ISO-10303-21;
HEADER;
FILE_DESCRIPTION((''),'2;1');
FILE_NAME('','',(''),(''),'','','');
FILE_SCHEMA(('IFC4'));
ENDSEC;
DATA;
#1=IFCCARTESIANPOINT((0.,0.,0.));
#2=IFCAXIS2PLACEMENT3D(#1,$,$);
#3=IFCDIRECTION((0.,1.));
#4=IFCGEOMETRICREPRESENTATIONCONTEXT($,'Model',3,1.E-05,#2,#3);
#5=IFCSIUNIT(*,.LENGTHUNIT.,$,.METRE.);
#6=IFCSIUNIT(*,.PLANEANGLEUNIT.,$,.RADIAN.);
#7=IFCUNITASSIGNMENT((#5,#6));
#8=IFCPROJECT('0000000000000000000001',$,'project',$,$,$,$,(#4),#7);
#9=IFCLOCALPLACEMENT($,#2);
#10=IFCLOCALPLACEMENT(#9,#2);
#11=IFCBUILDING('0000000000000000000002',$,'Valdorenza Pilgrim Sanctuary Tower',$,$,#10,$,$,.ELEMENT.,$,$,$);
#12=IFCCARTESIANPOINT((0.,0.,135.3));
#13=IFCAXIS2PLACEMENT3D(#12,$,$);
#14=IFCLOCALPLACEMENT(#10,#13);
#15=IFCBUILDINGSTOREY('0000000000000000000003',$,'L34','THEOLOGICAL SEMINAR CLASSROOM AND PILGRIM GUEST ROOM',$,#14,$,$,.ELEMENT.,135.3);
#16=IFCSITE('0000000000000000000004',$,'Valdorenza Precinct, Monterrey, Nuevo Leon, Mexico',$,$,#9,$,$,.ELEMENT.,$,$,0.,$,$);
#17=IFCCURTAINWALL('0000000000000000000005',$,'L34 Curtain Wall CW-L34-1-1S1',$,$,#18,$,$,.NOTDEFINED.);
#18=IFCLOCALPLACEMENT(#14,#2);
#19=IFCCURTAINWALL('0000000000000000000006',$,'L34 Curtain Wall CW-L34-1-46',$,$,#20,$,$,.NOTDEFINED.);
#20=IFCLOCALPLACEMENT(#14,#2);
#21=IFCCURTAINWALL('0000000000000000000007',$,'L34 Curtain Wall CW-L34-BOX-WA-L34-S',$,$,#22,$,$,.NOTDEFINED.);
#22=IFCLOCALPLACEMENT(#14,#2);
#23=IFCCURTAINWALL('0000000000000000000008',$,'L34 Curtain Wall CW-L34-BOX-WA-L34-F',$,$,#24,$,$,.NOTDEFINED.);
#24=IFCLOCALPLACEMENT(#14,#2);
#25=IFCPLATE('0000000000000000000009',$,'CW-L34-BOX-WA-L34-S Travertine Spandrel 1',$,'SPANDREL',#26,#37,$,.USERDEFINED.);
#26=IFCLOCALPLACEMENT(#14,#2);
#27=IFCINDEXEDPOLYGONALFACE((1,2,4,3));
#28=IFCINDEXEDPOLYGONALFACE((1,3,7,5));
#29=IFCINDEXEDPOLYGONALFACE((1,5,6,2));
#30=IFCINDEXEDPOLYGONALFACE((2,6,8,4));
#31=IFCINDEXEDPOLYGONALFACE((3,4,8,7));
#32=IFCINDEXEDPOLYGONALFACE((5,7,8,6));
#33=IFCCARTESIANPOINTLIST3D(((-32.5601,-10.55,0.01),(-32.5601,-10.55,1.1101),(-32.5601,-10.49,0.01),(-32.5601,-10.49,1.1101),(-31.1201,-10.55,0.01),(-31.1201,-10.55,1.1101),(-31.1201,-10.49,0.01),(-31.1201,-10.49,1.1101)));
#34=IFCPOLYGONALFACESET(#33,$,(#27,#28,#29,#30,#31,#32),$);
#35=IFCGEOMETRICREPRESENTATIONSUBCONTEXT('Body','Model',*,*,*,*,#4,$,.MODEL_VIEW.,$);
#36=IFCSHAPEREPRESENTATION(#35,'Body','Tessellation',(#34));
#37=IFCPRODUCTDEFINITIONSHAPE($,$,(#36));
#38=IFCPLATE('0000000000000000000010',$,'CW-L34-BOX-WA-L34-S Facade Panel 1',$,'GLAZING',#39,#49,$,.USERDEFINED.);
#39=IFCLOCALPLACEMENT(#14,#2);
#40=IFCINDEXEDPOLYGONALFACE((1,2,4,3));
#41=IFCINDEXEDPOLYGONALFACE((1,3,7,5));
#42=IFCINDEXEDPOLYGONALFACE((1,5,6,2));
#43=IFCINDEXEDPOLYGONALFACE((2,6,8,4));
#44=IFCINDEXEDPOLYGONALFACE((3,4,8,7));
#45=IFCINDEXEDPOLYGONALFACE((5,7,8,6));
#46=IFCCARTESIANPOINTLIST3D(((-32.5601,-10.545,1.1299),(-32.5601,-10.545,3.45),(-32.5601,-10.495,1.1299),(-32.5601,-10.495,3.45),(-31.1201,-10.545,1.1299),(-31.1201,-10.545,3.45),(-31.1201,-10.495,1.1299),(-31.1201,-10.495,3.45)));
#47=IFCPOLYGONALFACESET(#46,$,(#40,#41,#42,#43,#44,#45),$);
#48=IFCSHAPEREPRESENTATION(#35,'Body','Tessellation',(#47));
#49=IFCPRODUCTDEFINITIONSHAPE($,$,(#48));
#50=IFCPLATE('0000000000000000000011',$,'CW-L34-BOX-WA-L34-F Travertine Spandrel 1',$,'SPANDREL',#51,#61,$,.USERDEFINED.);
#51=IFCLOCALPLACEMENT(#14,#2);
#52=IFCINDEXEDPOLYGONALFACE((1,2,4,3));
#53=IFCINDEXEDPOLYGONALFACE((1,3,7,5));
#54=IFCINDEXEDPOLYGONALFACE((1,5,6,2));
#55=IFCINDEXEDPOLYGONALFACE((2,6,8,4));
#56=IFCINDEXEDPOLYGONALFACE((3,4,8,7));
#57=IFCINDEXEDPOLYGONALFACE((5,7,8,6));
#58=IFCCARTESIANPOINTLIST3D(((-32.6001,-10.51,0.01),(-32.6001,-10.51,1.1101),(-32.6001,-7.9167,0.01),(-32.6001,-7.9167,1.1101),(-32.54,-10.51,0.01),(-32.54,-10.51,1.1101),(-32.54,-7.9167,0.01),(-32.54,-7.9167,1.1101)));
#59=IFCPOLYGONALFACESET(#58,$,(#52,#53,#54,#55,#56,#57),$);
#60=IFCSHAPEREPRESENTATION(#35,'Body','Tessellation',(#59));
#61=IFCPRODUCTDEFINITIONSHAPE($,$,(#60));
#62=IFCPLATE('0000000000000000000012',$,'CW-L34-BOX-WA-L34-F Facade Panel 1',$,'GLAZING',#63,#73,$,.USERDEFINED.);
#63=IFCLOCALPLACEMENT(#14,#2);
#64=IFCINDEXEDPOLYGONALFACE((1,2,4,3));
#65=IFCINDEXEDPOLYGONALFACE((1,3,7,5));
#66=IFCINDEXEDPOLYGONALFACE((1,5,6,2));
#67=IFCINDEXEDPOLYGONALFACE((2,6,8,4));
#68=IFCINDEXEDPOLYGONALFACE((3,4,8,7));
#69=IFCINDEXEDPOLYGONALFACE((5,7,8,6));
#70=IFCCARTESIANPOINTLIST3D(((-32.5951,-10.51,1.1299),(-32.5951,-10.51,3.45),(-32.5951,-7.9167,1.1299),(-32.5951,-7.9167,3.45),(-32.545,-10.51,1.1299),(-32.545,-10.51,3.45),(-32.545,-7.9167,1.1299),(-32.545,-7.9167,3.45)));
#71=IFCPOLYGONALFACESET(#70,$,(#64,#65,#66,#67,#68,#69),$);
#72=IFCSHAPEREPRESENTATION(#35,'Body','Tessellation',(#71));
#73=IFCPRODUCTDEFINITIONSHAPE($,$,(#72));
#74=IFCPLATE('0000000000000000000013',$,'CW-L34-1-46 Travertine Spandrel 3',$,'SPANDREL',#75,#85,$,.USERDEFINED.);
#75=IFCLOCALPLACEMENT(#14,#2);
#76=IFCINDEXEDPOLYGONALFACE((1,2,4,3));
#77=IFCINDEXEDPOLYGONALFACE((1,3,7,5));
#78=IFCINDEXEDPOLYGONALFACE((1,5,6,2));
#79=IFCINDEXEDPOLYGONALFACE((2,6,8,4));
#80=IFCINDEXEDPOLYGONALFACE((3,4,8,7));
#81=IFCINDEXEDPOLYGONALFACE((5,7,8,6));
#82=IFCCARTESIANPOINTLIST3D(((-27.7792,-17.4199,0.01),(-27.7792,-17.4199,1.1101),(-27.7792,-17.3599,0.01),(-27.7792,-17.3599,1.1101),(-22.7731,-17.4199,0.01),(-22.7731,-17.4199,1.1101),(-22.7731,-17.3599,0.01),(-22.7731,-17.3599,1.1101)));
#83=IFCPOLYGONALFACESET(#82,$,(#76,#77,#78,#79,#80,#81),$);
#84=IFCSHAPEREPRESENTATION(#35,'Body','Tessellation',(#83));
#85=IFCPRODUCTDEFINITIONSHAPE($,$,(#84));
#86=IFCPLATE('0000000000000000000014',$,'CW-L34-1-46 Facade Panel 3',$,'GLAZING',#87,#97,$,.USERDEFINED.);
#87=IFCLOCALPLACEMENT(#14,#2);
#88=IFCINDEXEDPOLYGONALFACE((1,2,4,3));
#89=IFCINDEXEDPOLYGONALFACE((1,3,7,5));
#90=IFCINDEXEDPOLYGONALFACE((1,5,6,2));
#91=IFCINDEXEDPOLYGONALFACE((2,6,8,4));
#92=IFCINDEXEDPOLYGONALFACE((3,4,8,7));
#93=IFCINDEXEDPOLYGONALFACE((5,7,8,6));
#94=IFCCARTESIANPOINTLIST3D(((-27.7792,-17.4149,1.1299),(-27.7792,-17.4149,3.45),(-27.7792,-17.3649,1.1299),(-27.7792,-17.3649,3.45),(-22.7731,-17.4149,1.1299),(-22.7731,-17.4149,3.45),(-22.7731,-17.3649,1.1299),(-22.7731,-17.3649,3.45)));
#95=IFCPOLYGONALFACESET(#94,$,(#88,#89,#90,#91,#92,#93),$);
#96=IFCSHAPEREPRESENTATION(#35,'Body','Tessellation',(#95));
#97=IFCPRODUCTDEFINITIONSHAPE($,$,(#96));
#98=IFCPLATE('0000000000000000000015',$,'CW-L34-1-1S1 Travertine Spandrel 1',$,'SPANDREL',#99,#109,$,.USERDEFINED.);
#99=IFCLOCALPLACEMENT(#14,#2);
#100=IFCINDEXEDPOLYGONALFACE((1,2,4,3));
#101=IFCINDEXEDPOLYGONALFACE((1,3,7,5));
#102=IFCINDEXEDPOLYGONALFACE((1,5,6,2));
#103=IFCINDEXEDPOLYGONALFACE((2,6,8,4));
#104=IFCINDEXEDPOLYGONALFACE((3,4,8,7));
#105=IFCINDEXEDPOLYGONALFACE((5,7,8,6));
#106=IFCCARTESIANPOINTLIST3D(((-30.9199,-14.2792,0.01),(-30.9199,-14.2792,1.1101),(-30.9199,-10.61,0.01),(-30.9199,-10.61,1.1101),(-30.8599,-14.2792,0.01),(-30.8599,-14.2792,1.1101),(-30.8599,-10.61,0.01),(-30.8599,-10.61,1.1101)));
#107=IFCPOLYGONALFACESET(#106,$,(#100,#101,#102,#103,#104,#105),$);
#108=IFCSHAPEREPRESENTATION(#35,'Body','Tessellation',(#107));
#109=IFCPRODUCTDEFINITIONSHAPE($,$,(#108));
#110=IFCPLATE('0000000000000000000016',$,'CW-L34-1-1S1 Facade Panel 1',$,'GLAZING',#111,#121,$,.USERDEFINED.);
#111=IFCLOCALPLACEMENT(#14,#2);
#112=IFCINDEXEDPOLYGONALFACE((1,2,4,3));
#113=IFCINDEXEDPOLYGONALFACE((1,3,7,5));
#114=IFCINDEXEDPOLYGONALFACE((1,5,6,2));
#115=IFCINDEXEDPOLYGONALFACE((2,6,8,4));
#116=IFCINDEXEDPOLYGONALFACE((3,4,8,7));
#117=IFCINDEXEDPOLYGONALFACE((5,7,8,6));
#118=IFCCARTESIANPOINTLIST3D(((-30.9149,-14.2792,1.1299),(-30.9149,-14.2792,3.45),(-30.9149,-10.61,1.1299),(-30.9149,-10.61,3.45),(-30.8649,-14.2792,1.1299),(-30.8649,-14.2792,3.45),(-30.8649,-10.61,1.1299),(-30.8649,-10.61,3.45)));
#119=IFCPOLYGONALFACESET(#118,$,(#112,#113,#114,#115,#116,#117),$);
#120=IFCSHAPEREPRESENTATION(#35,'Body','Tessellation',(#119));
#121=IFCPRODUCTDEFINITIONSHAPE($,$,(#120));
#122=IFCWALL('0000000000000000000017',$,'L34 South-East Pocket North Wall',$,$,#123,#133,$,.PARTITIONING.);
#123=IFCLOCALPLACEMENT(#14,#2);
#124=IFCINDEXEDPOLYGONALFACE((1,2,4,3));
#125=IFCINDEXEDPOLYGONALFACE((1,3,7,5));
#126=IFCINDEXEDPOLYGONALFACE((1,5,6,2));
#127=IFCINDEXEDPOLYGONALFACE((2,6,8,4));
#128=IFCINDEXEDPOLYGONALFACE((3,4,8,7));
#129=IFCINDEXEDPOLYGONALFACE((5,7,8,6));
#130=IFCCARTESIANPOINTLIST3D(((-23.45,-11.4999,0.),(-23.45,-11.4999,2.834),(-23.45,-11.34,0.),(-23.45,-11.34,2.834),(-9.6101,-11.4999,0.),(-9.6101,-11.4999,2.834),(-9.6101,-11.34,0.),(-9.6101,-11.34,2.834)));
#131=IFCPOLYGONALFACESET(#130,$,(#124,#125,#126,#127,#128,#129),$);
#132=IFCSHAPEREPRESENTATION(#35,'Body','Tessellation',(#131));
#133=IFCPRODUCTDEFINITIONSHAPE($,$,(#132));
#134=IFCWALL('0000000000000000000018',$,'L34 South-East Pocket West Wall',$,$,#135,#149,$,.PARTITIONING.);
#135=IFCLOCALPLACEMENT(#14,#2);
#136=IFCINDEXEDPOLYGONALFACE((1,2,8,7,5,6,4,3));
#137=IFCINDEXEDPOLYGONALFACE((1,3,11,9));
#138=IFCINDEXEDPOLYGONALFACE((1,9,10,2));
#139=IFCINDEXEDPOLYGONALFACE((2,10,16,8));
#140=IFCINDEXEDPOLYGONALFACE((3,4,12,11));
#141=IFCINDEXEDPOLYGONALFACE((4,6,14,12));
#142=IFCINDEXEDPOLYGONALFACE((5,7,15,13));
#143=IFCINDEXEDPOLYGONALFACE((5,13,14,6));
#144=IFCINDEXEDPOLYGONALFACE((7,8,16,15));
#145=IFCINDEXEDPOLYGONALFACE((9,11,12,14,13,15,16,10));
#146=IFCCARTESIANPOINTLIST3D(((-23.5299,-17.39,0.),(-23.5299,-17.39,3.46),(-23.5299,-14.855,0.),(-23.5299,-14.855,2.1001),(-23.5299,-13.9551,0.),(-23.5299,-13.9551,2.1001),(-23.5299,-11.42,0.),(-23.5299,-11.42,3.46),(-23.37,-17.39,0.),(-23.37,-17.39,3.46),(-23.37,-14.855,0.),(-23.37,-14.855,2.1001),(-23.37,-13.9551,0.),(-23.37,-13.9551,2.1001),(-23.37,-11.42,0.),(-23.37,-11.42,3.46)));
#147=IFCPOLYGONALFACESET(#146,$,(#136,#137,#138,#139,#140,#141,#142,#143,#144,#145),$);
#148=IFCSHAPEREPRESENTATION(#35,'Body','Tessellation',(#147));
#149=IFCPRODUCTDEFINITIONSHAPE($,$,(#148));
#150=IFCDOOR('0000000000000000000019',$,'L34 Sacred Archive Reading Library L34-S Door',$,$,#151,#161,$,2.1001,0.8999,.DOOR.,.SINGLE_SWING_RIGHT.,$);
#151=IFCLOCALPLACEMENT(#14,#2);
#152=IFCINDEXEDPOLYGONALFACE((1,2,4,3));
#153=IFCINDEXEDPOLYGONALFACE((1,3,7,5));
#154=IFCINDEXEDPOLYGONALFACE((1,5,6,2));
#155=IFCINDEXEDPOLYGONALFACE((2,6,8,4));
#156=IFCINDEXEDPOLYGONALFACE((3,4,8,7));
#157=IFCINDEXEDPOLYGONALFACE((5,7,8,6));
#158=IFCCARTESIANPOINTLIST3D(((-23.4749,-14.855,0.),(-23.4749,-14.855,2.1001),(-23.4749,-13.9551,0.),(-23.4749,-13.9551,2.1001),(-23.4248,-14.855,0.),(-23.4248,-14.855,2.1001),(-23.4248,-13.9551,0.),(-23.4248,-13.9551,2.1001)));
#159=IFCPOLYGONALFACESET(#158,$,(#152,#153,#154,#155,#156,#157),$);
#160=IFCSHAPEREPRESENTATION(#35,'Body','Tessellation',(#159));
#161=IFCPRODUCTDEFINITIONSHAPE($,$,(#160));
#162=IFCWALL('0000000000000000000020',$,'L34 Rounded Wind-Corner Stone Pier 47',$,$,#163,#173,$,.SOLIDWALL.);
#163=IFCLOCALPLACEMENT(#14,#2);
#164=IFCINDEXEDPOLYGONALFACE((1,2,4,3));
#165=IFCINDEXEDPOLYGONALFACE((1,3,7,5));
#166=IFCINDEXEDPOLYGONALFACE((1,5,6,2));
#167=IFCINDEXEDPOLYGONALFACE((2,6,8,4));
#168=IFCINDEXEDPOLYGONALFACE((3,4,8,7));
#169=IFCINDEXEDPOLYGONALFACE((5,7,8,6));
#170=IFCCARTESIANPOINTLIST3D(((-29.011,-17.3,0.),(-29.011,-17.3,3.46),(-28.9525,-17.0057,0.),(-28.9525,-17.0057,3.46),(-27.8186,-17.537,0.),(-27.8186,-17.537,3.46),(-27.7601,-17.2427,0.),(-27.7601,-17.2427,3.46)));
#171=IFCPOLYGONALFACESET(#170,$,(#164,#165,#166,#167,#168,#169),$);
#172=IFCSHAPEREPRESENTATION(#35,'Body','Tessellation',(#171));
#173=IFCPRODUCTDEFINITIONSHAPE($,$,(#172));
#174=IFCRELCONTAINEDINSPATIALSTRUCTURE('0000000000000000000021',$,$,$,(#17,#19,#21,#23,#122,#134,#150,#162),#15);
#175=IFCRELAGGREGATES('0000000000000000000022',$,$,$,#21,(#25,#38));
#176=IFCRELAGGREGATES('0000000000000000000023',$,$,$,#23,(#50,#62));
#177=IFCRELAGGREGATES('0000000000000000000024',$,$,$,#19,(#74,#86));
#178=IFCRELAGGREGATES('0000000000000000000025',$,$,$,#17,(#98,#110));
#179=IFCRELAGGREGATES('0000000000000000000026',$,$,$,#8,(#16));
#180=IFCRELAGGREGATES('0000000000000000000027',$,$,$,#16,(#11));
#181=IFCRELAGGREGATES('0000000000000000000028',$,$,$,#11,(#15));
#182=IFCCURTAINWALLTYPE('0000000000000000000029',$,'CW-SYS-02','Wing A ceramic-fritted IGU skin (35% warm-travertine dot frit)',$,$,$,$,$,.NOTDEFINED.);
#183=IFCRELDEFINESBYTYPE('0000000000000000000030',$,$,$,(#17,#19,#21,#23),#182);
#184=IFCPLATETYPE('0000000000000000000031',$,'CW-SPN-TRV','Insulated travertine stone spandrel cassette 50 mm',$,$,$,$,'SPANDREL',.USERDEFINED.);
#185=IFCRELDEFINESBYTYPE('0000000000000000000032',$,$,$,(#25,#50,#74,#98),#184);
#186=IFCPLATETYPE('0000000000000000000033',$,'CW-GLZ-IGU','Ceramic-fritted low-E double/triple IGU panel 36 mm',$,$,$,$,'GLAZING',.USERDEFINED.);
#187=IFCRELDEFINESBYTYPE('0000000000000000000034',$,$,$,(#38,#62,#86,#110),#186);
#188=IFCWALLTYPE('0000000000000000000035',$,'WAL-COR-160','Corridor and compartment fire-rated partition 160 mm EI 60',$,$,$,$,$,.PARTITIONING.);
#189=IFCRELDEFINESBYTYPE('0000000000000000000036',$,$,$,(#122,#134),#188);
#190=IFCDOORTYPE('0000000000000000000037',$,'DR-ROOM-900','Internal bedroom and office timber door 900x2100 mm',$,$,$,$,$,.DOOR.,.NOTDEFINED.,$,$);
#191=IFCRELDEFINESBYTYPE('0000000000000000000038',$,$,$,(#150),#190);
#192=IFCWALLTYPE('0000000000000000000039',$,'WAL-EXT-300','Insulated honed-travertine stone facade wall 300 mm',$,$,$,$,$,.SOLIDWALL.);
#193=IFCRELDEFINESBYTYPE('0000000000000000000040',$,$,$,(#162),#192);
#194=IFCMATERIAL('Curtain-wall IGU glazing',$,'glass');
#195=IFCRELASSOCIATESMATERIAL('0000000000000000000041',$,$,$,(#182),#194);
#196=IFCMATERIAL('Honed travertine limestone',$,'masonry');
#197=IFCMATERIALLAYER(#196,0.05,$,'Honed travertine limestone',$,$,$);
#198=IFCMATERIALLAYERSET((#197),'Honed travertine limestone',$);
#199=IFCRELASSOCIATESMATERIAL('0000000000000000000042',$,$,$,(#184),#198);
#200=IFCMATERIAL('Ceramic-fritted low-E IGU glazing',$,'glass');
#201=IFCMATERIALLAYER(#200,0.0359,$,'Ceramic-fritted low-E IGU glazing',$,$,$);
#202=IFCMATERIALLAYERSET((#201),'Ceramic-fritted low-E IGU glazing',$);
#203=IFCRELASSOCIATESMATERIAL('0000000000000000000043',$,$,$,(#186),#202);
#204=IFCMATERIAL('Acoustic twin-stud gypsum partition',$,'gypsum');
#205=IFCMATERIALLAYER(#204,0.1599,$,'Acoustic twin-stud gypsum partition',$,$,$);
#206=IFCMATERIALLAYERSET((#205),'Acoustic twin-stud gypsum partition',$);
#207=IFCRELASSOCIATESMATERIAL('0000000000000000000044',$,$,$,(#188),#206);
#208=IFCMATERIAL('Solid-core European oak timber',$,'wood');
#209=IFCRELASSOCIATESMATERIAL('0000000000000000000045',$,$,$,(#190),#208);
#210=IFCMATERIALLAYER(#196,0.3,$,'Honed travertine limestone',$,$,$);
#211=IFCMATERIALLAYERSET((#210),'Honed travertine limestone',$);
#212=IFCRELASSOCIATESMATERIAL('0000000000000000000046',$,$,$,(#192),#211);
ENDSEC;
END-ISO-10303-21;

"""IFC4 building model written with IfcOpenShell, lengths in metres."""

from ifc_helpers import new_model, si_unit, direction, frame, frame_2d, origin, origin_2d, place, context, subcontext, project, spatial, rectangle, extrude, source, transform, mapped, material, layer, layer_set, type_object, element, fill, aggregate, save


model = new_model("IFC4")

# Units and contexts
model_context = context("Model", 3, precision=1e-05, world=origin(), true_north=direction((0.0, 1.0)))
body_context = subcontext(model_context, "Body", "Model", "MODEL_VIEW")
ifc_project = project(units=[si_unit("LENGTHUNIT", "METRE"), si_unit("PLANEANGLEUNIT", "RADIAN")], contexts=[model_context])

# Site, building, storey
site_placement = place(None, origin())
site = spatial("IfcSite", under=ifc_project, at=site_placement, Name="Valdorenza Precinct, Monterrey, Nuevo Leon, Mexico", CompositionType="ELEMENT", RefElevation=0.0)
building_placement = place(site_placement, origin())
building = spatial("IfcBuilding", under=site, at=building_placement, Name="Valdorenza Pilgrim Sanctuary Tower", CompositionType="ELEMENT")
storey_placement = place(building_placement, frame((0.0, 0.0, 135.3)))
storey = spatial("IfcBuildingStorey", under=building, at=storey_placement, Name="L34", Description="THEOLOGICAL SEMINAR CLASSROOM AND PILGRIM GUEST ROOM", CompositionType="ELEMENT", Elevation=135.3)

# Curtain walls
ifc_material_1 = material(Name="Curtain-wall IGU glazing", Category="glass")
curtain_wall_type = type_object("IfcCurtainWallType", Name="CW-SYS-02", Description="Wing A ceramic-fritted IGU skin (35% warm-travertine dot frit)", PredefinedType="NOTDEFINED", material=ifc_material_1)
curtain_wall_1_placement = place(storey_placement, origin())
curtain_wall_1 = element("IfcCurtainWall", 1, at=curtain_wall_1_placement, inside=storey, type_object=curtain_wall_type, Name="L34 Curtain Wall CW-L34-1-1S1", PredefinedType="NOTDEFINED")
curtain_wall_2_placement = place(storey_placement, origin())
curtain_wall_2 = element("IfcCurtainWall", 2, at=curtain_wall_2_placement, inside=storey, type_object=curtain_wall_type, Name="L34 Curtain Wall CW-L34-1-46", PredefinedType="NOTDEFINED")
curtain_wall_3_placement = place(storey_placement, origin())
curtain_wall_3 = element("IfcCurtainWall", 3, at=curtain_wall_3_placement, inside=storey, type_object=curtain_wall_type, Name="L34 Curtain Wall CW-L34-BOX-WA-L34-S", PredefinedType="NOTDEFINED")

# Curtain wall
curtain_wall_4_placement = place(storey_placement, origin())
curtain_wall_4 = element("IfcCurtainWall", 4, at=curtain_wall_4_placement, inside=storey, type_object=curtain_wall_type, Name="L34 Curtain Wall CW-L34-BOX-WA-L34-F", PredefinedType="NOTDEFINED")

# Plates
ifc_material_2 = material(Name="Honed travertine limestone", Category="masonry")
ifc_layer_1 = layer(ifc_material_2, 0.05, Name="Honed travertine limestone")
ifc_layer_set_1 = layer_set([ifc_layer_1], Name="Honed travertine limestone")
plate_type_1 = type_object("IfcPlateType", Name="CW-SPN-TRV", Description="Insulated travertine stone spandrel cassette 50 mm", ElementType="SPANDREL", PredefinedType="USERDEFINED", material=ifc_layer_set_1)
shared_shape_1 = source(origin(), body_context, "Body", "SweptSolid", [
    extrude(rectangle(XDim=1.4399, YDim=0.0601, at=origin_2d()), origin(), (0.0, 0.0, 1.0), 1.1001),
])
plate_1_placement = place(storey_placement, frame((-31.8401, -10.52, 0.01), z_axis=(0.0, 0.0, 1.0), x_axis=(-1.0, 0.0, 0.0)))
plate_1 = element("IfcPlate", 5, at=plate_1_placement, type_object=plate_type_1, Name="CW-L34-BOX-WA-L34-S Travertine Spandrel 1", ObjectType="SPANDREL", PredefinedType="USERDEFINED", context=body_context, shape_type="MappedRepresentation", body=[
    mapped(shared_shape_1, transform((0.0, 0.0, 0.0), x_axis=(1.0, 0.0, 0.0), y_axis=(0.0, 1.0, 0.0), z_axis=(0.0, 0.0, 1.0), scale=1.0)),
])
ifc_material_3 = material(Name="Ceramic-fritted low-E IGU glazing", Category="glass")
ifc_layer_2 = layer(ifc_material_3, 0.0359, Name="Ceramic-fritted low-E IGU glazing")
ifc_layer_set_2 = layer_set([ifc_layer_2], Name="Ceramic-fritted low-E IGU glazing")
plate_type_2 = type_object("IfcPlateType", Name="CW-GLZ-IGU", Description="Ceramic-fritted low-E double/triple IGU panel 36 mm", ElementType="GLAZING", PredefinedType="USERDEFINED", material=ifc_layer_set_2)
shared_shape_2 = source(origin(), body_context, "Body", "SweptSolid", [
    extrude(rectangle(XDim=1.4399, YDim=0.05, at=origin_2d()), origin(), (0.0, 0.0, 1.0), 2.3201),
])
plate_2_placement = place(storey_placement, frame((-31.8401, -10.52, 1.1299), z_axis=(0.0, 0.0, 1.0), x_axis=(-1.0, 0.0, 0.0)))
plate_2 = element("IfcPlate", 6, at=plate_2_placement, type_object=plate_type_2, Name="CW-L34-BOX-WA-L34-S Facade Panel 1", ObjectType="GLAZING", PredefinedType="USERDEFINED", context=body_context, shape_type="MappedRepresentation", body=[
    mapped(shared_shape_2, transform((0.0, 0.0, 0.0), x_axis=(1.0, 0.0, 0.0), y_axis=(0.0, 1.0, 0.0), z_axis=(0.0, 0.0, 1.0), scale=1.0)),
])
aggregate(curtain_wall_3, [plate_1, plate_2])
shared_shape_3 = source(origin(), body_context, "Body", "SweptSolid", [
    extrude(rectangle(XDim=2.5933, YDim=0.0601, at=origin_2d()), origin(), (0.0, 0.0, 1.0), 1.1001),
])
plate_3_placement = place(storey_placement, frame((-32.5701, -9.2134, 0.01), z_axis=(0.0, 0.0, 1.0), x_axis=(0.0, 1.0, 0.0)))
plate_3 = element("IfcPlate", 7, at=plate_3_placement, type_object=plate_type_1, Name="CW-L34-BOX-WA-L34-F Travertine Spandrel 1", ObjectType="SPANDREL", PredefinedType="USERDEFINED", context=body_context, shape_type="MappedRepresentation", body=[
    mapped(shared_shape_3, transform((0.0, 0.0, 0.0), x_axis=(1.0, 0.0, 0.0), y_axis=(0.0, 1.0, 0.0), z_axis=(0.0, 0.0, 1.0), scale=1.0)),
])
shared_shape_4 = source(origin(), body_context, "Body", "SweptSolid", [
    extrude(rectangle(XDim=2.5933, YDim=0.05, at=origin_2d()), origin(), (0.0, 0.0, 1.0), 2.3201),
])
plate_4_placement = place(storey_placement, frame((-32.5701, -9.2134, 1.1299), z_axis=(0.0, 0.0, 1.0), x_axis=(0.0, 1.0, 0.0)))
plate_4 = element("IfcPlate", 8, at=plate_4_placement, type_object=plate_type_2, Name="CW-L34-BOX-WA-L34-F Facade Panel 1", ObjectType="GLAZING", PredefinedType="USERDEFINED", context=body_context, shape_type="MappedRepresentation", body=[
    mapped(shared_shape_4, transform((0.0, 0.0, 0.0), x_axis=(1.0, 0.0, 0.0), y_axis=(0.0, 1.0, 0.0), z_axis=(0.0, 0.0, 1.0), scale=1.0)),
])
aggregate(curtain_wall_4, [plate_3, plate_4])
shared_shape_5 = source(origin(), body_context, "Body", "SweptSolid", [
    extrude(rectangle(XDim=5.0061, YDim=0.0601, at=origin_2d()), origin(), (0.0, 0.0, 1.0), 1.1001),
])
plate_5_placement = place(storey_placement, frame((-25.2761, -17.3899, 0.01), z_axis=(0.0, 0.0, 1.0), x_axis=(-1.0, 0.0, 0.0)))
plate_5 = element("IfcPlate", 9, at=plate_5_placement, type_object=plate_type_1, Name="CW-L34-1-46 Travertine Spandrel 3", ObjectType="SPANDREL", PredefinedType="USERDEFINED", context=body_context, shape_type="MappedRepresentation", body=[
    mapped(shared_shape_5, transform((0.0, 0.0, 0.0), x_axis=(1.0, 0.0, 0.0), y_axis=(0.0, 1.0, 0.0), z_axis=(0.0, 0.0, 1.0), scale=1.0)),
])
shared_shape_6 = source(origin(), body_context, "Body", "SweptSolid", [
    extrude(rectangle(XDim=5.0061, YDim=0.05, at=origin_2d()), origin(), (0.0, 0.0, 1.0), 2.3201),
])
plate_6_placement = place(storey_placement, frame((-25.2761, -17.3899, 1.1299), z_axis=(0.0, 0.0, 1.0), x_axis=(-1.0, 0.0, 0.0)))
plate_6 = element("IfcPlate", 10, at=plate_6_placement, type_object=plate_type_2, Name="CW-L34-1-46 Facade Panel 3", ObjectType="GLAZING", PredefinedType="USERDEFINED", context=body_context, shape_type="MappedRepresentation", body=[
    mapped(shared_shape_6, transform((0.0, 0.0, 0.0), x_axis=(1.0, 0.0, 0.0), y_axis=(0.0, 1.0, 0.0), z_axis=(0.0, 0.0, 1.0), scale=1.0)),
])
aggregate(curtain_wall_2, [plate_5, plate_6])
shared_shape_7 = source(origin(), body_context, "Body", "SweptSolid", [
    extrude(rectangle(XDim=3.6692, YDim=0.0601, at=origin_2d()), origin(), (0.0, 0.0, 1.0), 1.1001),
])
plate_7_placement = place(storey_placement, frame((-30.8899, -12.4446, 0.01), z_axis=(0.0, 0.0, 1.0), x_axis=(0.0, 1.0, 0.0)))
plate_7 = element("IfcPlate", 11, at=plate_7_placement, type_object=plate_type_1, Name="CW-L34-1-1S1 Travertine Spandrel 1", ObjectType="SPANDREL", PredefinedType="USERDEFINED", context=body_context, shape_type="MappedRepresentation", body=[
    mapped(shared_shape_7, transform((0.0, 0.0, 0.0), x_axis=(1.0, 0.0, 0.0), y_axis=(0.0, 1.0, 0.0), z_axis=(0.0, 0.0, 1.0), scale=1.0)),
])
shared_shape_8 = source(origin(), body_context, "Body", "SweptSolid", [
    extrude(rectangle(XDim=3.6692, YDim=0.05, at=origin_2d()), origin(), (0.0, 0.0, 1.0), 2.3201),
])
plate_8_placement = place(storey_placement, frame((-30.8899, -12.4446, 1.1299), z_axis=(0.0, 0.0, 1.0), x_axis=(0.0, 1.0, 0.0)))
plate_8 = element("IfcPlate", 12, at=plate_8_placement, type_object=plate_type_2, Name="CW-L34-1-1S1 Facade Panel 1", ObjectType="GLAZING", PredefinedType="USERDEFINED", context=body_context, shape_type="MappedRepresentation", body=[
    mapped(shared_shape_8, transform((0.0, 0.0, 0.0), x_axis=(1.0, 0.0, 0.0), y_axis=(0.0, 1.0, 0.0), z_axis=(0.0, 0.0, 1.0), scale=1.0)),
])
aggregate(curtain_wall_1, [plate_7, plate_8])

# Wall
ifc_material_4 = material(Name="Acoustic twin-stud gypsum partition", Category="gypsum")
ifc_layer_3 = layer(ifc_material_4, 0.1599, Name="Acoustic twin-stud gypsum partition")
ifc_layer_set_3 = layer_set([ifc_layer_3], Name="Acoustic twin-stud gypsum partition")
wall_type_1 = type_object("IfcWallType", Name="WAL-COR-160", Description="Corridor and compartment fire-rated partition 160 mm EI 60", PredefinedType="PARTITIONING", material=ifc_layer_set_3)
wall_1_placement = place(storey_placement, frame((-23.45, -11.4199, 0.0), z_axis=(0.0, 0.0, 1.0), x_axis=(1.0, 0.0, 0.0)))
element("IfcWall", 13, at=wall_1_placement, inside=storey, type_object=wall_type_1, Name="L34 South-East Pocket North Wall", PredefinedType="PARTITIONING", context=body_context, shape_type="SweptSolid", body=[
    extrude(rectangle(XDim=13.8398, YDim=0.1599, at=frame_2d((6.9199, 0.0))), origin(), (0.0, 0.0, 1.0), 2.834),
])

# Wall, opening, door
wall_2_placement = place(storey_placement, frame((-23.45, -17.3899, 0.0), z_axis=(0.0, 0.0, 1.0), x_axis=(0.0, 1.0, 0.0)))
wall_2 = element("IfcWall", 14, at=wall_2_placement, inside=storey, type_object=wall_type_1, Name="L34 South-East Pocket West Wall", PredefinedType="PARTITIONING", context=body_context, shape_type="SweptSolid", body=[
    extrude(rectangle(XDim=5.97, YDim=0.1599, at=frame_2d((2.9849, 0.0))), origin(), (0.0, 0.0, 1.0), 3.46),
])
opening_placement = place(wall_2_placement, frame((2.5349, 0.0, 0.0)))
opening = element("IfcOpeningElement", 15, at=opening_placement, cuts=wall_2, PredefinedType="OPENING", context=body_context, shape_type="SweptSolid", body=[
    extrude(rectangle(XDim=0.8999, YDim=2.1001, at=frame_2d((0.45, 1.05))), frame((0.0, 0.0947, 0.0), z_axis=(0.0, -1.0, 0.0), x_axis=(1.0, 0.0, 0.0)), (0.0, 0.0, 1.0), 0.1897),
])
ifc_material_5 = material(Name="Solid-core European oak timber", Category="wood")
door_type = type_object("IfcDoorType", Name="DR-ROOM-900", Description="Internal bedroom and office timber door 900x2100 mm", OperationType="NOTDEFINED", PredefinedType="DOOR", material=ifc_material_5)
door_placement = place(opening_placement, origin())
door = element("IfcDoor", 16, at=door_placement, inside=storey, type_object=door_type, Name="L34 Sacred Archive Reading Library L34-S Door", OperationType="SINGLE_SWING_RIGHT", OverallHeight=2.1001, OverallWidth=0.8999, PredefinedType="DOOR", context=body_context, shape_type="SweptSolid", body=[
    extrude(rectangle(XDim=0.8999, YDim=2.1001, at=frame_2d((0.45, 1.05))), frame((0.0, 0.0249, 0.0), z_axis=(0.0, -1.0, 0.0), x_axis=(1.0, 0.0, 0.0)), (0.0, 0.0, 1.0), 0.05),
])
fill(opening, door)

# Wall
ifc_layer_4 = layer(ifc_material_2, 0.3, Name="Honed travertine limestone")
ifc_layer_set_4 = layer_set([ifc_layer_4], Name="Honed travertine limestone")
wall_type_2 = type_object("IfcWallType", Name="WAL-EXT-300", Description="Insulated honed-travertine stone facade wall 300 mm", PredefinedType="SOLIDWALL", material=ifc_layer_set_4)
wall_3_placement = place(storey_placement, frame((-27.7893, -17.3899, 0.0), z_axis=(0.0, 0.0, 1.0), x_axis=(-0.980804, 0.194996, 0.0)))
element("IfcWall", 17, at=wall_3_placement, inside=storey, type_object=wall_type_2, Name="L34 Rounded Wind-Corner Stone Pier 47", PredefinedType="SOLIDWALL", context=body_context, shape_type="SweptSolid", body=[
    extrude(rectangle(XDim=1.2158, YDim=0.3, at=frame_2d((0.6079, 0.0))), origin(), (0.0, 0.0, 1.0), 3.46),
])

save(model, "model.ifc")
